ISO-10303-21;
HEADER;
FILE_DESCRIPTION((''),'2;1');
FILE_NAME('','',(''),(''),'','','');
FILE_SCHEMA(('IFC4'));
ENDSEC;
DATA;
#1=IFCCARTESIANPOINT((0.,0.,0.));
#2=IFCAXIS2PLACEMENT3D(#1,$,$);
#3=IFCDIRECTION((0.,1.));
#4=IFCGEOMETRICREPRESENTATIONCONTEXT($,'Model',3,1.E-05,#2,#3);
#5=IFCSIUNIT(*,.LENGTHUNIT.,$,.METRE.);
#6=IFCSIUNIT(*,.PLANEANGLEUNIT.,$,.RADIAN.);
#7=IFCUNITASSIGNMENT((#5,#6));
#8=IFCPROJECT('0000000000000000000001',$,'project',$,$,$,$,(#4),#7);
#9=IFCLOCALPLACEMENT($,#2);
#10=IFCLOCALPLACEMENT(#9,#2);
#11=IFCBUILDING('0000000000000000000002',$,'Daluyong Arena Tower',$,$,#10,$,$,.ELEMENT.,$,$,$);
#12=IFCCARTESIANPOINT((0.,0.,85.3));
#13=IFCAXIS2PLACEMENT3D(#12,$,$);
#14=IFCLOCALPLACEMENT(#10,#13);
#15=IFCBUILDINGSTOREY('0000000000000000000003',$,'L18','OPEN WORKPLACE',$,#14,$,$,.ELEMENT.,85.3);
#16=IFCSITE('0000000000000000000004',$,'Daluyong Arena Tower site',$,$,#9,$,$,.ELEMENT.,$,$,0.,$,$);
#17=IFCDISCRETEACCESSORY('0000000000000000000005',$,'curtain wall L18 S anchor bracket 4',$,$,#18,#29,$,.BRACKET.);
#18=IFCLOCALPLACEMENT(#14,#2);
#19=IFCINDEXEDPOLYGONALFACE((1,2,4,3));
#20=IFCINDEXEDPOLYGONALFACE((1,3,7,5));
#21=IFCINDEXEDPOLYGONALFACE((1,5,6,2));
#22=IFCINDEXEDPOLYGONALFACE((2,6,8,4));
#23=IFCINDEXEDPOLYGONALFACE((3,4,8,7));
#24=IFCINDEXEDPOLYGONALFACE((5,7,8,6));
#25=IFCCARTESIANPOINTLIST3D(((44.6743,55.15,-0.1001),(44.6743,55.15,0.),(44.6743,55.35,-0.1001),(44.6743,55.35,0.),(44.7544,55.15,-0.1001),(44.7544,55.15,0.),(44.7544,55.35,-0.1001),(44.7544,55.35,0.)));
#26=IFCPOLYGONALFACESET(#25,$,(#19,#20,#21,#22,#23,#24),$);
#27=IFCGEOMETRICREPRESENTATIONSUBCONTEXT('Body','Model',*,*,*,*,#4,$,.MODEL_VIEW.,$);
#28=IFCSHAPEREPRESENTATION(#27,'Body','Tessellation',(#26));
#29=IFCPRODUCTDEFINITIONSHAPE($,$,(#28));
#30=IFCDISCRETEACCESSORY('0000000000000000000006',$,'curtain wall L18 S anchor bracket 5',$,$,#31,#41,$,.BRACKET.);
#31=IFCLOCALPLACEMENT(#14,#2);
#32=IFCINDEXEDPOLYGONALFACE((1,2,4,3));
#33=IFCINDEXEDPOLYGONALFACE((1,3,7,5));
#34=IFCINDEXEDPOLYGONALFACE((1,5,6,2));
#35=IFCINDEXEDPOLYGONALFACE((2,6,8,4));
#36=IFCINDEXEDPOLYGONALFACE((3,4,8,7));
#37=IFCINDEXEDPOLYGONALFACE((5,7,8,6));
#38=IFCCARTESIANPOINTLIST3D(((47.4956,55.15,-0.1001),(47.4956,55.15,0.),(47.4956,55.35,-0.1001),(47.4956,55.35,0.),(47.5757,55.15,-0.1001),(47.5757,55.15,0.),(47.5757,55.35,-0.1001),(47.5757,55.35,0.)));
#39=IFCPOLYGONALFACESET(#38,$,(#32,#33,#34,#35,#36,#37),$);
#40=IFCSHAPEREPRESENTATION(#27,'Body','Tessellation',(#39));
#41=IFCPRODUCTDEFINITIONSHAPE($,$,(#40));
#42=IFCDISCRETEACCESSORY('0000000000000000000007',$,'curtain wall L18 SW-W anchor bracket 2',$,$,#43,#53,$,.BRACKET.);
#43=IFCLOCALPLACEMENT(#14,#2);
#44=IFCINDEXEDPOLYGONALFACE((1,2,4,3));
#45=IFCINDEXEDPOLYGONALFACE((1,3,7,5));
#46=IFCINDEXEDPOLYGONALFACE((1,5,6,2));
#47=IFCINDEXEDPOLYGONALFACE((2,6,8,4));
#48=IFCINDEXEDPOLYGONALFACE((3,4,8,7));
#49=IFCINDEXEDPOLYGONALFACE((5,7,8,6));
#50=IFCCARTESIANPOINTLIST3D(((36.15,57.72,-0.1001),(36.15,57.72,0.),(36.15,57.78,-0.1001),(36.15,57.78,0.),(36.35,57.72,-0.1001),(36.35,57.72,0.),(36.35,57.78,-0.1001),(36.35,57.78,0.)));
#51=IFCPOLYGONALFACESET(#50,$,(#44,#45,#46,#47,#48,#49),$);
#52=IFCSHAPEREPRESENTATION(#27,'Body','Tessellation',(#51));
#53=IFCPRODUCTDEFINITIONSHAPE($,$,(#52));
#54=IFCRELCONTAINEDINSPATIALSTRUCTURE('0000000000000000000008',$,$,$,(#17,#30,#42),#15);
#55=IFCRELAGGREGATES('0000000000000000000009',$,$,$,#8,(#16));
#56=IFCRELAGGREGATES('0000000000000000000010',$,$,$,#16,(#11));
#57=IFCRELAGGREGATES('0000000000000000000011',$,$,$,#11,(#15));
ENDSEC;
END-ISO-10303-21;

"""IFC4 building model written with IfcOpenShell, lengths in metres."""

from ifc_helpers import new_model, si_unit, direction, frame, origin, origin_2d, place, context, subcontext, project, spatial, rectangle, extrude, element, save


model = new_model("IFC4")

# Units and contexts
model_context = context("Model", 3, precision=1e-05, world=origin(), true_north=direction((0.0, 1.0)))
body_context = subcontext(model_context, "Body", "Model", "MODEL_VIEW")
ifc_project = project(units=[si_unit("LENGTHUNIT", "METRE"), si_unit("PLANEANGLEUNIT", "RADIAN")], contexts=[model_context])

# Site, building, storey
site_placement = place(None, origin())
site = spatial("IfcSite", under=ifc_project, at=site_placement, Name="Daluyong Arena Tower site", CompositionType="ELEMENT", RefElevation=0.0)
building_placement = place(site_placement, origin())
building = spatial("IfcBuilding", under=site, at=building_placement, Name="Daluyong Arena Tower", CompositionType="ELEMENT")
storey_placement = place(building_placement, frame((0.0, 0.0, 85.3)))
storey = spatial("IfcBuildingStorey", under=building, at=storey_placement, Name="L18", Description="OPEN WORKPLACE", CompositionType="ELEMENT", Elevation=85.3)

# Discrete accessories
for number, where, z_axis, x_axis, name in (
    (1, (44.7144, 55.25, -0.1001), (0.0, 0.0, 1.0), (1.0, 0.0, 0.0), "curtain wall L18 S anchor bracket 4"),
    (2, (47.5356, 55.25, -0.1001), (0.0, 0.0, 1.0), (1.0, 0.0, 0.0), "curtain wall L18 S anchor bracket 5"),
):
    element("IfcDiscreteAccessory", number, at=place(storey_placement, frame(where, z_axis=z_axis, x_axis=x_axis)), inside=storey, Name=name, PredefinedType="BRACKET", context=body_context, shape_type="SweptSolid", body=[
        extrude(rectangle(XDim=0.0801, YDim=0.2, at=origin_2d()), origin(), (0.0, 0.0, 1.0), 0.1001),
    ])
discrete_accessory_placement = place(storey_placement, frame((36.25, 57.75, -0.1001), z_axis=(0.0, 0.0, 1.0), x_axis=(0.0, -1.0, 0.0)))
element("IfcDiscreteAccessory", 3, at=discrete_accessory_placement, inside=storey, Name="curtain wall L18 SW-W anchor bracket 2", PredefinedType="BRACKET", context=body_context, shape_type="SweptSolid", body=[
    extrude(rectangle(XDim=0.0601, YDim=0.2, at=origin_2d()), origin(), (0.0, 0.0, 1.0), 0.1001),
])

save(model, "model.ifc")
